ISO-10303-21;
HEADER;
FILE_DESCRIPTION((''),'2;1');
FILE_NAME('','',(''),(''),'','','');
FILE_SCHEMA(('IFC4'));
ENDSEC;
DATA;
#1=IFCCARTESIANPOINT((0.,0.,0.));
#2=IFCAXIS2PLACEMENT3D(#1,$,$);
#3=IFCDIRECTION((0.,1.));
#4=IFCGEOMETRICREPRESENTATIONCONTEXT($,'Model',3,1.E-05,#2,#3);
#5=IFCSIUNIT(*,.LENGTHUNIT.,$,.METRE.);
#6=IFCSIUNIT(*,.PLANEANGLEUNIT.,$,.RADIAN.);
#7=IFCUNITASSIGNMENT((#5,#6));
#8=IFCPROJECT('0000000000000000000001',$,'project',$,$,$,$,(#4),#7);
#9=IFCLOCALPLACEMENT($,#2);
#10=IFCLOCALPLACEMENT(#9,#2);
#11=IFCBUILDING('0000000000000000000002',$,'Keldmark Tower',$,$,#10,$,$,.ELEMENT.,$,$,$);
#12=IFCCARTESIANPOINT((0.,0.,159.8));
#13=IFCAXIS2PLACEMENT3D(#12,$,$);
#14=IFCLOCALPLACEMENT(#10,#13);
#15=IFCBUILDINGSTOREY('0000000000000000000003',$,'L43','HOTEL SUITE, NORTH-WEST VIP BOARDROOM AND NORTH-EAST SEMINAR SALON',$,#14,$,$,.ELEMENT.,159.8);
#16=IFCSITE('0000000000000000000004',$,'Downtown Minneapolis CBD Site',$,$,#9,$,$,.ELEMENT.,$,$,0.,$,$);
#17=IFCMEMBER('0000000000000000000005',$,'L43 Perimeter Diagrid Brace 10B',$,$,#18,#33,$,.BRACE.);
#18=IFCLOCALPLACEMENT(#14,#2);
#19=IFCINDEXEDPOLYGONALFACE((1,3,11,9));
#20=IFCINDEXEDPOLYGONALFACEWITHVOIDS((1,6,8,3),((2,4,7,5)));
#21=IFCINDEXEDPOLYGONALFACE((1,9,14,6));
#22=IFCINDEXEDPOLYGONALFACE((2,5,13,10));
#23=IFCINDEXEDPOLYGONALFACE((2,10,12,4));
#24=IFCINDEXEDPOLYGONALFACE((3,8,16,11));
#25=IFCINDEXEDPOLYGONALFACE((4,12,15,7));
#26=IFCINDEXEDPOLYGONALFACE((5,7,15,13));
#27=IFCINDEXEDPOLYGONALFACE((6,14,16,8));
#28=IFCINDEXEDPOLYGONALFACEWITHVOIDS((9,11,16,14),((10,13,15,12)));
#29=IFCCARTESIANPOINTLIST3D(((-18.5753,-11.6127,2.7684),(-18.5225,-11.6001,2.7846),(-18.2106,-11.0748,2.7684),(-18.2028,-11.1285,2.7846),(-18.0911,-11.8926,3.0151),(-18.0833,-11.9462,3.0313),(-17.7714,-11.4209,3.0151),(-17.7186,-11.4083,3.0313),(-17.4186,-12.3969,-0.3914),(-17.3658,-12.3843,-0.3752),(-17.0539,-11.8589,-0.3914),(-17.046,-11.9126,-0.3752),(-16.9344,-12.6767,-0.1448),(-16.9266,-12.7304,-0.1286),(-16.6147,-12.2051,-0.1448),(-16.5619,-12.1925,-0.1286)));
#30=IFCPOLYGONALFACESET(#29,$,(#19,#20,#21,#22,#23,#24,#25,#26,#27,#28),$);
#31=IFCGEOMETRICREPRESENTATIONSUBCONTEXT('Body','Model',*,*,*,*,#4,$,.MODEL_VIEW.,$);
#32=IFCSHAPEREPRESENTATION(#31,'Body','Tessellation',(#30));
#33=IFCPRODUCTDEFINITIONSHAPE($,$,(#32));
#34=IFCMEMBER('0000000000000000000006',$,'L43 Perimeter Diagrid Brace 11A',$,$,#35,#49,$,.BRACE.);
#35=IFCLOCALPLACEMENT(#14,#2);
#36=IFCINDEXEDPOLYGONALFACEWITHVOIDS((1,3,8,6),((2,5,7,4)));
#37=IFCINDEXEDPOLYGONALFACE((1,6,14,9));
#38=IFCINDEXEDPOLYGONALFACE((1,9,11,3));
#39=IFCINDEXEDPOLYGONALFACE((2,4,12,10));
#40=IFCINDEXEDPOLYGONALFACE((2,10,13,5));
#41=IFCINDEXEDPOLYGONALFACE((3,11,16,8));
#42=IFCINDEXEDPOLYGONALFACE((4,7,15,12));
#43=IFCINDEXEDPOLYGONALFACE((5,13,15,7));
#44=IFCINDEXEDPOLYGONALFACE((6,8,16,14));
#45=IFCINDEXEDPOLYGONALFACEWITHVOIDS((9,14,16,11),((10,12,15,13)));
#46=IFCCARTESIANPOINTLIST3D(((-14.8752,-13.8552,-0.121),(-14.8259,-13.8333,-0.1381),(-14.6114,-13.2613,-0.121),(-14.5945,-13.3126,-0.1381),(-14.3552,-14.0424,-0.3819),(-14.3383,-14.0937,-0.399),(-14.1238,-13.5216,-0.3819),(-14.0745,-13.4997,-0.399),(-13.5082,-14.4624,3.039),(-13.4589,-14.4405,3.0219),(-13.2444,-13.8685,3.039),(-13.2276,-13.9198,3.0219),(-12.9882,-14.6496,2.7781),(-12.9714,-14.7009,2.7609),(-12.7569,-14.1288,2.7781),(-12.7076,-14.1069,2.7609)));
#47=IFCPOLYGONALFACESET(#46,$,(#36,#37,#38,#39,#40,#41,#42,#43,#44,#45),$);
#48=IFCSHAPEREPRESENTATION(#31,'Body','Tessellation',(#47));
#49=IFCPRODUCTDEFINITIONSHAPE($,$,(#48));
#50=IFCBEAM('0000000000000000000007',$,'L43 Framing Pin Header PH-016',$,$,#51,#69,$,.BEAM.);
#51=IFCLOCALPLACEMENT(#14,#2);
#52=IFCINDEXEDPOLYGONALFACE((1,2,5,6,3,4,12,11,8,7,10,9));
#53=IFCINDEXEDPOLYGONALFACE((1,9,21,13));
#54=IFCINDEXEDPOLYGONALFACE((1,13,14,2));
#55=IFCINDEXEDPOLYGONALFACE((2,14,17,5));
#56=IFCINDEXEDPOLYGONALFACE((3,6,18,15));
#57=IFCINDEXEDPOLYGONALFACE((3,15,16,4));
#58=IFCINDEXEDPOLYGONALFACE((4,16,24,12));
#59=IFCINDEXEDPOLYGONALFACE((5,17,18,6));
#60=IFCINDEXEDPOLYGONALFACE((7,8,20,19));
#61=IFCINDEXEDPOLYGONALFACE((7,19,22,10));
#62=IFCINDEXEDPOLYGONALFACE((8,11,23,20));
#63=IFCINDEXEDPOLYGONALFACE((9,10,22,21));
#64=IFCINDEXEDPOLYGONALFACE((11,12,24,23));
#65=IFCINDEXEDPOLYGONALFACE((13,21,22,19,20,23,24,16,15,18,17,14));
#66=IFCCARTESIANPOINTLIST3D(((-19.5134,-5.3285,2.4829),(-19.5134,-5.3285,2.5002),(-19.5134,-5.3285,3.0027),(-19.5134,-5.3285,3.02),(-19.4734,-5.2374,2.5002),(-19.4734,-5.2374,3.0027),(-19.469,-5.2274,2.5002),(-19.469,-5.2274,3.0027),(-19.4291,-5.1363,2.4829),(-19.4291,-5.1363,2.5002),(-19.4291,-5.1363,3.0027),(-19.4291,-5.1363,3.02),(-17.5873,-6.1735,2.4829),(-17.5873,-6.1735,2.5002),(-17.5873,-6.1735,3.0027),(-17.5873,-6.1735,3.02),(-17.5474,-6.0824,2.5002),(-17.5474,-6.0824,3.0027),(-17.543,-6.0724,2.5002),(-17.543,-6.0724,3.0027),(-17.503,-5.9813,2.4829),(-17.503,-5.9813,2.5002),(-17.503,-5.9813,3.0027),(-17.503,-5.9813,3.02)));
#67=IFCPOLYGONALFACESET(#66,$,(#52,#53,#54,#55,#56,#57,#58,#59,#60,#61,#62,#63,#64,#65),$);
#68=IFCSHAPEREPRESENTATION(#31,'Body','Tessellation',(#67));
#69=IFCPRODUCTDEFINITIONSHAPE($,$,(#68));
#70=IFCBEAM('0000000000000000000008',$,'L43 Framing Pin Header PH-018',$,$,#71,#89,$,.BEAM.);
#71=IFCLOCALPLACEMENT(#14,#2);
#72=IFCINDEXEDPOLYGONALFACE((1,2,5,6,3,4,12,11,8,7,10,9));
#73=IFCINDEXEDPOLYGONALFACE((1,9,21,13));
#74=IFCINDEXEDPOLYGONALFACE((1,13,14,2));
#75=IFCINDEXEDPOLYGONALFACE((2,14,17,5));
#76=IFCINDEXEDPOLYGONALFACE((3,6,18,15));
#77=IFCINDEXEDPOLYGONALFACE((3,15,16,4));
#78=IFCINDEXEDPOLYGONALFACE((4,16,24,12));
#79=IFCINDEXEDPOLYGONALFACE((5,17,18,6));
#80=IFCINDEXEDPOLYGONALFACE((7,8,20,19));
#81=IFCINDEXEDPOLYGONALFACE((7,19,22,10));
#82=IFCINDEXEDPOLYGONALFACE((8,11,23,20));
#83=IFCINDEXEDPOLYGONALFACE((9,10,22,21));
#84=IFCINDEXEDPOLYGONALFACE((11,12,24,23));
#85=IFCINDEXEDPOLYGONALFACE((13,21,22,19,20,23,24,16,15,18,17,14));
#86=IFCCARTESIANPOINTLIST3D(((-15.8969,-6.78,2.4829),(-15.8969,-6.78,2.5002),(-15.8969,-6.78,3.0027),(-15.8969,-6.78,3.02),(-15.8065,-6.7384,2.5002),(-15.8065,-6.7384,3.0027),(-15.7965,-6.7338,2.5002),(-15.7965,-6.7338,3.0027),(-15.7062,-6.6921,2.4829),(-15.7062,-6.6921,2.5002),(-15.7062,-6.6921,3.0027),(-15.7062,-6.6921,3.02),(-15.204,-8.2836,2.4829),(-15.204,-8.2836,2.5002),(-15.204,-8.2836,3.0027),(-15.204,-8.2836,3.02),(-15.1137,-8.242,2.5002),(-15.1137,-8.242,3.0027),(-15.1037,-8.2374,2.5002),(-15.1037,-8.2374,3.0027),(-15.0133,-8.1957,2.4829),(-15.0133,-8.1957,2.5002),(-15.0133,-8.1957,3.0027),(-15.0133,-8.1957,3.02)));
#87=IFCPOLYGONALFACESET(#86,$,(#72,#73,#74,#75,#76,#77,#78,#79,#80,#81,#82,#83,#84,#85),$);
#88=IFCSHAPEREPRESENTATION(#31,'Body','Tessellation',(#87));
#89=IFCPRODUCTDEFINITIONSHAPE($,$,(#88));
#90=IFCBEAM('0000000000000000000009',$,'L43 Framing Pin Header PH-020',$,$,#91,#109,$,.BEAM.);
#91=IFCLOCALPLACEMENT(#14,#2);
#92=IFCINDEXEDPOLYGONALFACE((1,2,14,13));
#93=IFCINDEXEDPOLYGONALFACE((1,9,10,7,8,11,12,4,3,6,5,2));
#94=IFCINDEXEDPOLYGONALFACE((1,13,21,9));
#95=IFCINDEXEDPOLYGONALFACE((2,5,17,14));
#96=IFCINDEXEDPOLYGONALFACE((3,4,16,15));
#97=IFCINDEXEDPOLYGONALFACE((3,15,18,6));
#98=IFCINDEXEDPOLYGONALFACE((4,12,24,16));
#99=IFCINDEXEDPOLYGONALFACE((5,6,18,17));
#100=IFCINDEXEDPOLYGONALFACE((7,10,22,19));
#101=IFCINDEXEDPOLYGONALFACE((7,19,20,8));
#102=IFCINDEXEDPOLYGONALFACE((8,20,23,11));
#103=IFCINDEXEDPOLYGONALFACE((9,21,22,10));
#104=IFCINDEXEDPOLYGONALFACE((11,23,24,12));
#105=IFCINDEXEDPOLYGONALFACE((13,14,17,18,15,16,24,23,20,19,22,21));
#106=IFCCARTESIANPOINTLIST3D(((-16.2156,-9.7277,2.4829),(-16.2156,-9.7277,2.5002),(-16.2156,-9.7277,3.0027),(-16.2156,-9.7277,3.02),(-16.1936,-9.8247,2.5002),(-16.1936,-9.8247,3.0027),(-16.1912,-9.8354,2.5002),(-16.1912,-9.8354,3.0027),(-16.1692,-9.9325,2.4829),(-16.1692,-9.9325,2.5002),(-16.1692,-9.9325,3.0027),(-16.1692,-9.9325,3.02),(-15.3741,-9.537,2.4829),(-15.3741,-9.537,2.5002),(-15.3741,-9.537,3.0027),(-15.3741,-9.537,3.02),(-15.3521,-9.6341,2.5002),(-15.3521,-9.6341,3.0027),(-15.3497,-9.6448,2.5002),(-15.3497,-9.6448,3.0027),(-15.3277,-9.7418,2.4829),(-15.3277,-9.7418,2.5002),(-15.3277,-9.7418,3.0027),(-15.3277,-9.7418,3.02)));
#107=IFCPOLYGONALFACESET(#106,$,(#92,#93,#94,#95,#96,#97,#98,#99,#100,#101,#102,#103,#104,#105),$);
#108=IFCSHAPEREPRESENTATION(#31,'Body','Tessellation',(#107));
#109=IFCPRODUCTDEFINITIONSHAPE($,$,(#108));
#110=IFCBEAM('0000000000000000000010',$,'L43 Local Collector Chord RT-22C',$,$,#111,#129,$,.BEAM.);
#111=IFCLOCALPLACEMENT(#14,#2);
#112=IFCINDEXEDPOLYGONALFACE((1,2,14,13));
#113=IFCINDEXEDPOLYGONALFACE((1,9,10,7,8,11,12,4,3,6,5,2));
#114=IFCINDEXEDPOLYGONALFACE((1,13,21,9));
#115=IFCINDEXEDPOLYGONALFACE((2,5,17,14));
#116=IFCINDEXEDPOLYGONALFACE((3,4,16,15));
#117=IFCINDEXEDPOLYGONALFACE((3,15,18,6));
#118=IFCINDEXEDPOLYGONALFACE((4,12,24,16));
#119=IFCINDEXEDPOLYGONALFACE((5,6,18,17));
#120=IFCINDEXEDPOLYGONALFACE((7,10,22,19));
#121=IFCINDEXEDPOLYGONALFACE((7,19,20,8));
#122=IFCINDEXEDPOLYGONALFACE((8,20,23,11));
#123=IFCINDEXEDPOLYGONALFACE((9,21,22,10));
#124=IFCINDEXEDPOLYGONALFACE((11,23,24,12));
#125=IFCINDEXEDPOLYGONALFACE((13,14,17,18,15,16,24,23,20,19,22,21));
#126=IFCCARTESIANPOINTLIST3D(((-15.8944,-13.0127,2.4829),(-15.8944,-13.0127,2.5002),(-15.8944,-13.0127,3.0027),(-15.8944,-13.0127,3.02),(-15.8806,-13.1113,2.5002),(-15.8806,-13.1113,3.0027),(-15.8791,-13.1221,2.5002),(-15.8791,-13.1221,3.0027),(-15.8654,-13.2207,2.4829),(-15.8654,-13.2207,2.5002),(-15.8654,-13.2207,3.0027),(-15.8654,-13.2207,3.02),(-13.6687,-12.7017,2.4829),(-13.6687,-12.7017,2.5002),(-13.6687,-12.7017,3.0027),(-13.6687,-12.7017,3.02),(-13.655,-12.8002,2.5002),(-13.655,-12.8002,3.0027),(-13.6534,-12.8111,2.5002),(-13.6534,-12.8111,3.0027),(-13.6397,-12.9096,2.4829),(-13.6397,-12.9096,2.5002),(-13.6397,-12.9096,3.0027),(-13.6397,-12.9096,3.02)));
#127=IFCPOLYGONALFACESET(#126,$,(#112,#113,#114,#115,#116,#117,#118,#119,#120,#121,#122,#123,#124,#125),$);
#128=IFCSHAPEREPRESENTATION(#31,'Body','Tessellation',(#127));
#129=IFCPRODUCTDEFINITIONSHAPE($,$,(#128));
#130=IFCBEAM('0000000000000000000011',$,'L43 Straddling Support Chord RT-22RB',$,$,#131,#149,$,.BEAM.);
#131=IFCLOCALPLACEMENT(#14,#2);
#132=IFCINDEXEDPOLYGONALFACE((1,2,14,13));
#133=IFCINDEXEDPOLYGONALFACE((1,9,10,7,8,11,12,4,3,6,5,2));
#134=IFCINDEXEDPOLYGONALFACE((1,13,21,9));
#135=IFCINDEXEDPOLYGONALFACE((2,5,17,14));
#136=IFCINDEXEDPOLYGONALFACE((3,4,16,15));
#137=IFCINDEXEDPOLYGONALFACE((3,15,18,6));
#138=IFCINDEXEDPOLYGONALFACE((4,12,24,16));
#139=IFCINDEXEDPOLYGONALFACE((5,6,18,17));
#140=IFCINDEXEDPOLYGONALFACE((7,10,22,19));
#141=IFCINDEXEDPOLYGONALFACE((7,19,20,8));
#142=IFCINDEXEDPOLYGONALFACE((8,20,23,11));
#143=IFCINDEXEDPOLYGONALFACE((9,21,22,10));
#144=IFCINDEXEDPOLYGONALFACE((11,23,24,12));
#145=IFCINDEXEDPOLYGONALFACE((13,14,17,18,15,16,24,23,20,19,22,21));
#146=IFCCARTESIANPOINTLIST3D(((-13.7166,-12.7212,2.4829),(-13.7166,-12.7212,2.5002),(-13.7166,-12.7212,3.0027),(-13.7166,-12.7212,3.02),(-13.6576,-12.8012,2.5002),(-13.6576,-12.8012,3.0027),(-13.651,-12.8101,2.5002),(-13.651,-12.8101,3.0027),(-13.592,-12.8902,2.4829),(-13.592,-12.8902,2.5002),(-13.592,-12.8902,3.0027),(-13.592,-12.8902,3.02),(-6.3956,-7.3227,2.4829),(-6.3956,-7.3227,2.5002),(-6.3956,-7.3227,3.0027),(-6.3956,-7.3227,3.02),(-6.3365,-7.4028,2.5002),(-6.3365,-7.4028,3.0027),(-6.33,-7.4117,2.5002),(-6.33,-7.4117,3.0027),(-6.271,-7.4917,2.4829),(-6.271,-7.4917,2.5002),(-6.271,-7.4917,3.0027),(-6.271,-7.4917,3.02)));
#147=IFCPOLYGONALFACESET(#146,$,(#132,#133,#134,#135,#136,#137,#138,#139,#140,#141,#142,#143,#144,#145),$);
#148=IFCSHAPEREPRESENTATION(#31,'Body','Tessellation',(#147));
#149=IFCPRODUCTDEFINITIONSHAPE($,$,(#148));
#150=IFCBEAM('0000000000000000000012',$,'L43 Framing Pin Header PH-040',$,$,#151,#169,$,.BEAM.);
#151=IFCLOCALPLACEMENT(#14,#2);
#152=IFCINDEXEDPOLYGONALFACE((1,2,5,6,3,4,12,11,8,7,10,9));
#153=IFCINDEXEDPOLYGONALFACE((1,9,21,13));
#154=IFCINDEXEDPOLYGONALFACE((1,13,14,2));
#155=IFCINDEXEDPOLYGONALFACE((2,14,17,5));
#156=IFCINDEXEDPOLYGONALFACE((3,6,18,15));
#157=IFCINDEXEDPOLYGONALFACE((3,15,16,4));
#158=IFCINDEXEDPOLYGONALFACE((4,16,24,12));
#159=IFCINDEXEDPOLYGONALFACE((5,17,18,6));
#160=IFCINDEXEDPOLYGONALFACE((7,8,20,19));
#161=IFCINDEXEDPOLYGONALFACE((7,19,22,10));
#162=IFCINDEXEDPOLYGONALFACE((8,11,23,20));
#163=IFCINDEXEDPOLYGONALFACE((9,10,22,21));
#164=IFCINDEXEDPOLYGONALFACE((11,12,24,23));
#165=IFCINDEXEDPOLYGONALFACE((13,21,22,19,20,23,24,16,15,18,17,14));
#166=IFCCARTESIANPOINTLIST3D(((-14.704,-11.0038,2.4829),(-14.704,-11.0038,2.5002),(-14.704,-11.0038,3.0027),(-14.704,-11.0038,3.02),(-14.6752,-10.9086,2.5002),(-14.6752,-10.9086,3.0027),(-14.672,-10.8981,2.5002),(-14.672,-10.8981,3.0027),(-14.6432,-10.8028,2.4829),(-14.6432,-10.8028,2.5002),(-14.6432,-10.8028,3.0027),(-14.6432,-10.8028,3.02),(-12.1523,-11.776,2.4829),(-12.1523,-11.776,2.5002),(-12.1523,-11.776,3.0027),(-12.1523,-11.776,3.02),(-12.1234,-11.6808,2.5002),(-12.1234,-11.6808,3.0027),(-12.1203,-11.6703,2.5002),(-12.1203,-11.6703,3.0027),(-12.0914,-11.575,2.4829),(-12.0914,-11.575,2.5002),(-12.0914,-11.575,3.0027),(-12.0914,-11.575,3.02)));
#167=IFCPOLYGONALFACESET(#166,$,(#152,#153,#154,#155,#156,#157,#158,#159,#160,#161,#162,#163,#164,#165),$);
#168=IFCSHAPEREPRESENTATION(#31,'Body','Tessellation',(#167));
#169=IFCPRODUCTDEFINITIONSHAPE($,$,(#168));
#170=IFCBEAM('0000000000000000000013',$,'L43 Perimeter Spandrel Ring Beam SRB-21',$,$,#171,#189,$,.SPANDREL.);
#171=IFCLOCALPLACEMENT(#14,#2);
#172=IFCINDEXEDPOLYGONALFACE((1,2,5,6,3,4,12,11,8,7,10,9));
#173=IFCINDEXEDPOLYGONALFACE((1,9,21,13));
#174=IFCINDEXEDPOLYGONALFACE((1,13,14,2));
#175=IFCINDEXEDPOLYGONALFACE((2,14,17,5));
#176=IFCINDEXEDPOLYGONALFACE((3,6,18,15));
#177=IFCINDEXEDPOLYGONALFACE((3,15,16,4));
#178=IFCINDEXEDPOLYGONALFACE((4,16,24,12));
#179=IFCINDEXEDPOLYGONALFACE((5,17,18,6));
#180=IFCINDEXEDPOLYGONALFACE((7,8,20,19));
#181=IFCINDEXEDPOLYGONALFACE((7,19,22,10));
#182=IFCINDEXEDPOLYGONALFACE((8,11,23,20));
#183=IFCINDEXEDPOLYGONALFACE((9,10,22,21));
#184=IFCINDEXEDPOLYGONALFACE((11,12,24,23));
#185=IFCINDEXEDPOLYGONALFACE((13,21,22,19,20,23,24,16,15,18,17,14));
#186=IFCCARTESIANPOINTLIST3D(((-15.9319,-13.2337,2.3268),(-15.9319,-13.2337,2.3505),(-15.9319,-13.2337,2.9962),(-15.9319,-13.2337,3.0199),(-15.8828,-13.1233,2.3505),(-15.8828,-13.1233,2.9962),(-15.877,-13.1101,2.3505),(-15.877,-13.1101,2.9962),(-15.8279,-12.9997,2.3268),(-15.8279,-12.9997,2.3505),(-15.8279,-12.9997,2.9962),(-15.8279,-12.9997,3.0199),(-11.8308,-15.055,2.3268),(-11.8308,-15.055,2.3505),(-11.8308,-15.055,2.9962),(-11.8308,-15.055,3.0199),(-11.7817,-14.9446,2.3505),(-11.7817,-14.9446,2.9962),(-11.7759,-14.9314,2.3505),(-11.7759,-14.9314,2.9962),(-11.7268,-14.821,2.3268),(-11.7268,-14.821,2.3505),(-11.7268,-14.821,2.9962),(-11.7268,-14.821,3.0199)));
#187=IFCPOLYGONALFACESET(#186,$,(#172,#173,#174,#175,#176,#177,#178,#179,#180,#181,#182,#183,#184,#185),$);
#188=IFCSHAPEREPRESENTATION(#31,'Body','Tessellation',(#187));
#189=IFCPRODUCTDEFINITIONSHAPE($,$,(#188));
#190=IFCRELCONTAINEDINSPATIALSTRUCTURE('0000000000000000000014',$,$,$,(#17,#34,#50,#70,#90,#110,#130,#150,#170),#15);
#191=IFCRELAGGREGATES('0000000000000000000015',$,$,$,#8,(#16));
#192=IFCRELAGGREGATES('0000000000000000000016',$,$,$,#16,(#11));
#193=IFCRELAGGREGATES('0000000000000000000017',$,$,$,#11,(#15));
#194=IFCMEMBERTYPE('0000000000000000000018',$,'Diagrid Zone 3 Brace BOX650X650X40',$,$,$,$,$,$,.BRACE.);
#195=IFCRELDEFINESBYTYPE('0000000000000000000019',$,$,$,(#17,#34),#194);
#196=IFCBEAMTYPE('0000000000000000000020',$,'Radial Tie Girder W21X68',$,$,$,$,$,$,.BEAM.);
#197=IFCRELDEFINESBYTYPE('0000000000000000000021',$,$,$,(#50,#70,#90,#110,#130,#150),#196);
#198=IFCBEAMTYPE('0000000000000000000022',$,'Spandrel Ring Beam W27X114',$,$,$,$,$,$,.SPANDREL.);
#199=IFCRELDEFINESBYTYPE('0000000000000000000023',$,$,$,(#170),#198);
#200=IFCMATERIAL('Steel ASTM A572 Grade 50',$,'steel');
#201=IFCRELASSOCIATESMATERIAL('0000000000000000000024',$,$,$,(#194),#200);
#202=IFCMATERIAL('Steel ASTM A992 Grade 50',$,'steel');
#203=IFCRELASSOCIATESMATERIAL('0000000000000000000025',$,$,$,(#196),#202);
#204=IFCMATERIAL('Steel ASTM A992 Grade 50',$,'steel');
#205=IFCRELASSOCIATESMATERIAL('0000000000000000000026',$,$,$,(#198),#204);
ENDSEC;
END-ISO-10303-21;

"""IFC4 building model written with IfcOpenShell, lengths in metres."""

from ifc_helpers import new_model, si_unit, direction, frame, origin, origin_2d, place, context, subcontext, project, spatial, hollow_rectangle, i_section, extrude, material, material_profile, profile_set, type_object, element, save


model = new_model("IFC4")

# Units and contexts
model_context = context("Model", 3, precision=1e-05, world=origin(), true_north=direction((0.0, 1.0)))
body_context = subcontext(model_context, "Body", "Model", "MODEL_VIEW")
ifc_project = project(units=[si_unit("LENGTHUNIT", "METRE"), si_unit("PLANEANGLEUNIT", "RADIAN")], contexts=[model_context])

# Site, building, storey
site_placement = place(None, origin())
site = spatial("IfcSite", under=ifc_project, at=site_placement, Name="Downtown Minneapolis CBD Site", CompositionType="ELEMENT", RefElevation=0.0)
building_placement = place(site_placement, origin())
building = spatial("IfcBuilding", under=site, at=building_placement, Name="Keldmark Tower", CompositionType="ELEMENT")
storey_placement = place(building_placement, frame((0.0, 0.0, 159.8)))
storey = spatial("IfcBuildingStorey", under=building, at=storey_placement, Name="L43", Description="HOTEL SUITE, NORTH-WEST VIP BOARDROOM AND NORTH-EAST SEMINAR SALON", CompositionType="ELEMENT", Elevation=159.8)

# Members
ifc_material_1 = material(Name="Steel ASTM A572 Grade 50", Category="steel")
ifc_material_profile_1 = material_profile(ifc_material_1, hollow_rectangle(XDim=0.6499, YDim=0.6499, WallThickness=0.04, at=origin_2d()), Name="BOX650X650X40")
ifc_profile_set_1 = profile_set([ifc_material_profile_1], Name="Steel ASTM A572 Grade 50")
member_type = type_object("IfcMemberType", Name="Diagrid Zone 3 Brace BOX650X650X40", PredefinedType="BRACE", material=ifc_profile_set_1)
member_1_placement = place(storey_placement, frame((-16.9902, -12.2947, -0.26), z_axis=(-0.334787, 0.22696, 0.914553), x_axis=(-0.561134, -0.827725, 0.0)))
element("IfcMember", 1, at=member_1_placement, inside=storey, type_object=member_type, Name="L43 Perimeter Diagrid Brace 10B", PredefinedType="BRACE", context=body_context, shape_type="SweptSolid", body=[
    extrude(hollow_rectangle(XDim=0.6499, YDim=0.6499, WallThickness=0.04, at=origin_2d()), origin(), (0.0, 0.0, 1.0), 3.4551),
])
member_2_placement = place(storey_placement, frame((-14.4749, -13.6775, -0.26), z_axis=(0.390998, -0.173676, 0.903857), x_axis=(0.405942, 0.913899, 0.0)))
element("IfcMember", 2, at=member_2_placement, inside=storey, type_object=member_type, Name="L43 Perimeter Diagrid Brace 11A", PredefinedType="BRACE", context=body_context, shape_type="SweptSolid", body=[
    extrude(hollow_rectangle(XDim=0.6499, YDim=0.6499, WallThickness=0.04, at=origin_2d()), origin(), (0.0, 0.0, 1.0), 3.4961),
])

# Beams
ifc_material_2 = material(Name="Steel ASTM A992 Grade 50", Category="steel")
ifc_material_profile_2 = material_profile(ifc_material_2, i_section(OverallWidth=0.21, OverallDepth=0.5371, WebThickness=0.011, FlangeThickness=0.0173, at=origin_2d()), Name="W21X68")
ifc_profile_set_2 = profile_set([ifc_material_profile_2], Name="Steel ASTM A992 Grade 50")
beam_type_1 = type_object("IfcBeamType", Name="Radial Tie Girder W21X68", PredefinedType="BEAM", material=ifc_profile_set_2)
beam_1_placement = place(storey_placement, frame((-17.5452, -6.0774, 2.7515), z_axis=(-0.915749, 0.40175, 0.0), x_axis=(-0.40175, -0.915749, 0.0)))
element("IfcBeam", 3, at=beam_1_placement, inside=storey, type_object=beam_type_1, Name="L43 Framing Pin Header PH-016", PredefinedType="BEAM", context=body_context, shape_type="SweptSolid", body=[
    extrude(i_section(OverallWidth=0.21, OverallDepth=0.5371, WebThickness=0.011, FlangeThickness=0.0173, at=origin_2d()), origin(), (0.0, 0.0, 1.0), 2.1033),
])
beam_2_placement = place(storey_placement, frame((-15.8015, -6.7361, 2.7515), z_axis=(0.418497, -0.908218, 0.0), x_axis=(0.908218, 0.418497, 0.0)))
element("IfcBeam", 4, at=beam_2_placement, inside=storey, type_object=beam_type_1, Name="L43 Framing Pin Header PH-018", PredefinedType="BEAM", context=body_context, shape_type="SweptSolid", body=[
    extrude(i_section(OverallWidth=0.21, OverallDepth=0.5371, WebThickness=0.011, FlangeThickness=0.0173, at=origin_2d()), origin(), (0.0, 0.0, 1.0), 1.6555),
])
beam_3_placement = place(storey_placement, frame((-16.1924, -9.8301, 2.7515), z_axis=(0.97528, 0.220973, 0.0), x_axis=(-0.220973, 0.97528, 0.0)))
element("IfcBeam", 5, at=beam_3_placement, inside=storey, type_object=beam_type_1, Name="L43 Framing Pin Header PH-020", PredefinedType="BEAM", context=body_context, shape_type="SweptSolid", body=[
    extrude(i_section(OverallWidth=0.21, OverallDepth=0.5371, WebThickness=0.011, FlangeThickness=0.0173, at=origin_2d()), origin(), (0.0, 0.0, 1.0), 0.8628),
])
beam_4_placement = place(storey_placement, frame((-15.8799, -13.1167, 2.7515), z_axis=(0.990375, 0.138409, 0.0), x_axis=(-0.138409, 0.990375, 0.0)))
element("IfcBeam", 6, at=beam_4_placement, inside=storey, type_object=beam_type_1, Name="L43 Local Collector Chord RT-22C", PredefinedType="BEAM", context=body_context, shape_type="SweptSolid", body=[
    extrude(i_section(OverallWidth=0.21, OverallDepth=0.5371, WebThickness=0.011, FlangeThickness=0.0173, at=origin_2d()), origin(), (0.0, 0.0, 1.0), 2.2473),
])
beam_5_placement = place(storey_placement, frame((-13.6543, -12.8057, 2.7515), z_axis=(0.804847, 0.593483, 0.0), x_axis=(-0.593483, 0.804847, 0.0)))
element("IfcBeam", 7, at=beam_5_placement, inside=storey, type_object=beam_type_1, Name="L43 Straddling Support Chord RT-22RB", PredefinedType="BEAM", context=body_context, shape_type="SweptSolid", body=[
    extrude(i_section(OverallWidth=0.21, OverallDepth=0.5371, WebThickness=0.011, FlangeThickness=0.0173, at=origin_2d()), origin(), (0.0, 0.0, 1.0), 9.0962),
])
beam_6_placement = place(storey_placement, frame((-14.6736, -10.9033, 2.7515), z_axis=(0.957133, -0.289649, 0.0), x_axis=(0.289649, 0.957133, 0.0)))
element("IfcBeam", 8, at=beam_6_placement, inside=storey, type_object=beam_type_1, Name="L43 Framing Pin Header PH-040", PredefinedType="BEAM", context=body_context, shape_type="SweptSolid", body=[
    extrude(i_section(OverallWidth=0.21, OverallDepth=0.5371, WebThickness=0.011, FlangeThickness=0.0173, at=origin_2d()), origin(), (0.0, 0.0, 1.0), 2.666),
])
ifc_material_3 = material(Name="Steel ASTM A992 Grade 50", Category="steel")
ifc_material_profile_3 = material_profile(ifc_material_3, i_section(OverallWidth=0.2561, OverallDepth=0.6931, WebThickness=0.0144, FlangeThickness=0.0237, at=origin_2d()), Name="W27X114")
ifc_profile_set_3 = profile_set([ifc_material_profile_3], Name="Steel ASTM A992 Grade 50")
beam_type_2 = type_object("IfcBeamType", Name="Spandrel Ring Beam W27X114", PredefinedType="SPANDREL", material=ifc_profile_set_3)
beam_7_placement = place(storey_placement, frame((-15.8799, -13.1167, 2.6733), z_axis=(0.913928, -0.405876, 0.0), x_axis=(0.405876, 0.913928, 0.0)))
element("IfcBeam", 9, at=beam_7_placement, inside=storey, type_object=beam_type_2, Name="L43 Perimeter Spandrel Ring Beam SRB-21", PredefinedType="SPANDREL", context=body_context, shape_type="SweptSolid", body=[
    extrude(i_section(OverallWidth=0.2561, OverallDepth=0.6931, WebThickness=0.0144, FlangeThickness=0.0237, at=origin_2d()), origin(), (0.0, 0.0, 1.0), 4.4873),
])

save(model, "model.ifc")
